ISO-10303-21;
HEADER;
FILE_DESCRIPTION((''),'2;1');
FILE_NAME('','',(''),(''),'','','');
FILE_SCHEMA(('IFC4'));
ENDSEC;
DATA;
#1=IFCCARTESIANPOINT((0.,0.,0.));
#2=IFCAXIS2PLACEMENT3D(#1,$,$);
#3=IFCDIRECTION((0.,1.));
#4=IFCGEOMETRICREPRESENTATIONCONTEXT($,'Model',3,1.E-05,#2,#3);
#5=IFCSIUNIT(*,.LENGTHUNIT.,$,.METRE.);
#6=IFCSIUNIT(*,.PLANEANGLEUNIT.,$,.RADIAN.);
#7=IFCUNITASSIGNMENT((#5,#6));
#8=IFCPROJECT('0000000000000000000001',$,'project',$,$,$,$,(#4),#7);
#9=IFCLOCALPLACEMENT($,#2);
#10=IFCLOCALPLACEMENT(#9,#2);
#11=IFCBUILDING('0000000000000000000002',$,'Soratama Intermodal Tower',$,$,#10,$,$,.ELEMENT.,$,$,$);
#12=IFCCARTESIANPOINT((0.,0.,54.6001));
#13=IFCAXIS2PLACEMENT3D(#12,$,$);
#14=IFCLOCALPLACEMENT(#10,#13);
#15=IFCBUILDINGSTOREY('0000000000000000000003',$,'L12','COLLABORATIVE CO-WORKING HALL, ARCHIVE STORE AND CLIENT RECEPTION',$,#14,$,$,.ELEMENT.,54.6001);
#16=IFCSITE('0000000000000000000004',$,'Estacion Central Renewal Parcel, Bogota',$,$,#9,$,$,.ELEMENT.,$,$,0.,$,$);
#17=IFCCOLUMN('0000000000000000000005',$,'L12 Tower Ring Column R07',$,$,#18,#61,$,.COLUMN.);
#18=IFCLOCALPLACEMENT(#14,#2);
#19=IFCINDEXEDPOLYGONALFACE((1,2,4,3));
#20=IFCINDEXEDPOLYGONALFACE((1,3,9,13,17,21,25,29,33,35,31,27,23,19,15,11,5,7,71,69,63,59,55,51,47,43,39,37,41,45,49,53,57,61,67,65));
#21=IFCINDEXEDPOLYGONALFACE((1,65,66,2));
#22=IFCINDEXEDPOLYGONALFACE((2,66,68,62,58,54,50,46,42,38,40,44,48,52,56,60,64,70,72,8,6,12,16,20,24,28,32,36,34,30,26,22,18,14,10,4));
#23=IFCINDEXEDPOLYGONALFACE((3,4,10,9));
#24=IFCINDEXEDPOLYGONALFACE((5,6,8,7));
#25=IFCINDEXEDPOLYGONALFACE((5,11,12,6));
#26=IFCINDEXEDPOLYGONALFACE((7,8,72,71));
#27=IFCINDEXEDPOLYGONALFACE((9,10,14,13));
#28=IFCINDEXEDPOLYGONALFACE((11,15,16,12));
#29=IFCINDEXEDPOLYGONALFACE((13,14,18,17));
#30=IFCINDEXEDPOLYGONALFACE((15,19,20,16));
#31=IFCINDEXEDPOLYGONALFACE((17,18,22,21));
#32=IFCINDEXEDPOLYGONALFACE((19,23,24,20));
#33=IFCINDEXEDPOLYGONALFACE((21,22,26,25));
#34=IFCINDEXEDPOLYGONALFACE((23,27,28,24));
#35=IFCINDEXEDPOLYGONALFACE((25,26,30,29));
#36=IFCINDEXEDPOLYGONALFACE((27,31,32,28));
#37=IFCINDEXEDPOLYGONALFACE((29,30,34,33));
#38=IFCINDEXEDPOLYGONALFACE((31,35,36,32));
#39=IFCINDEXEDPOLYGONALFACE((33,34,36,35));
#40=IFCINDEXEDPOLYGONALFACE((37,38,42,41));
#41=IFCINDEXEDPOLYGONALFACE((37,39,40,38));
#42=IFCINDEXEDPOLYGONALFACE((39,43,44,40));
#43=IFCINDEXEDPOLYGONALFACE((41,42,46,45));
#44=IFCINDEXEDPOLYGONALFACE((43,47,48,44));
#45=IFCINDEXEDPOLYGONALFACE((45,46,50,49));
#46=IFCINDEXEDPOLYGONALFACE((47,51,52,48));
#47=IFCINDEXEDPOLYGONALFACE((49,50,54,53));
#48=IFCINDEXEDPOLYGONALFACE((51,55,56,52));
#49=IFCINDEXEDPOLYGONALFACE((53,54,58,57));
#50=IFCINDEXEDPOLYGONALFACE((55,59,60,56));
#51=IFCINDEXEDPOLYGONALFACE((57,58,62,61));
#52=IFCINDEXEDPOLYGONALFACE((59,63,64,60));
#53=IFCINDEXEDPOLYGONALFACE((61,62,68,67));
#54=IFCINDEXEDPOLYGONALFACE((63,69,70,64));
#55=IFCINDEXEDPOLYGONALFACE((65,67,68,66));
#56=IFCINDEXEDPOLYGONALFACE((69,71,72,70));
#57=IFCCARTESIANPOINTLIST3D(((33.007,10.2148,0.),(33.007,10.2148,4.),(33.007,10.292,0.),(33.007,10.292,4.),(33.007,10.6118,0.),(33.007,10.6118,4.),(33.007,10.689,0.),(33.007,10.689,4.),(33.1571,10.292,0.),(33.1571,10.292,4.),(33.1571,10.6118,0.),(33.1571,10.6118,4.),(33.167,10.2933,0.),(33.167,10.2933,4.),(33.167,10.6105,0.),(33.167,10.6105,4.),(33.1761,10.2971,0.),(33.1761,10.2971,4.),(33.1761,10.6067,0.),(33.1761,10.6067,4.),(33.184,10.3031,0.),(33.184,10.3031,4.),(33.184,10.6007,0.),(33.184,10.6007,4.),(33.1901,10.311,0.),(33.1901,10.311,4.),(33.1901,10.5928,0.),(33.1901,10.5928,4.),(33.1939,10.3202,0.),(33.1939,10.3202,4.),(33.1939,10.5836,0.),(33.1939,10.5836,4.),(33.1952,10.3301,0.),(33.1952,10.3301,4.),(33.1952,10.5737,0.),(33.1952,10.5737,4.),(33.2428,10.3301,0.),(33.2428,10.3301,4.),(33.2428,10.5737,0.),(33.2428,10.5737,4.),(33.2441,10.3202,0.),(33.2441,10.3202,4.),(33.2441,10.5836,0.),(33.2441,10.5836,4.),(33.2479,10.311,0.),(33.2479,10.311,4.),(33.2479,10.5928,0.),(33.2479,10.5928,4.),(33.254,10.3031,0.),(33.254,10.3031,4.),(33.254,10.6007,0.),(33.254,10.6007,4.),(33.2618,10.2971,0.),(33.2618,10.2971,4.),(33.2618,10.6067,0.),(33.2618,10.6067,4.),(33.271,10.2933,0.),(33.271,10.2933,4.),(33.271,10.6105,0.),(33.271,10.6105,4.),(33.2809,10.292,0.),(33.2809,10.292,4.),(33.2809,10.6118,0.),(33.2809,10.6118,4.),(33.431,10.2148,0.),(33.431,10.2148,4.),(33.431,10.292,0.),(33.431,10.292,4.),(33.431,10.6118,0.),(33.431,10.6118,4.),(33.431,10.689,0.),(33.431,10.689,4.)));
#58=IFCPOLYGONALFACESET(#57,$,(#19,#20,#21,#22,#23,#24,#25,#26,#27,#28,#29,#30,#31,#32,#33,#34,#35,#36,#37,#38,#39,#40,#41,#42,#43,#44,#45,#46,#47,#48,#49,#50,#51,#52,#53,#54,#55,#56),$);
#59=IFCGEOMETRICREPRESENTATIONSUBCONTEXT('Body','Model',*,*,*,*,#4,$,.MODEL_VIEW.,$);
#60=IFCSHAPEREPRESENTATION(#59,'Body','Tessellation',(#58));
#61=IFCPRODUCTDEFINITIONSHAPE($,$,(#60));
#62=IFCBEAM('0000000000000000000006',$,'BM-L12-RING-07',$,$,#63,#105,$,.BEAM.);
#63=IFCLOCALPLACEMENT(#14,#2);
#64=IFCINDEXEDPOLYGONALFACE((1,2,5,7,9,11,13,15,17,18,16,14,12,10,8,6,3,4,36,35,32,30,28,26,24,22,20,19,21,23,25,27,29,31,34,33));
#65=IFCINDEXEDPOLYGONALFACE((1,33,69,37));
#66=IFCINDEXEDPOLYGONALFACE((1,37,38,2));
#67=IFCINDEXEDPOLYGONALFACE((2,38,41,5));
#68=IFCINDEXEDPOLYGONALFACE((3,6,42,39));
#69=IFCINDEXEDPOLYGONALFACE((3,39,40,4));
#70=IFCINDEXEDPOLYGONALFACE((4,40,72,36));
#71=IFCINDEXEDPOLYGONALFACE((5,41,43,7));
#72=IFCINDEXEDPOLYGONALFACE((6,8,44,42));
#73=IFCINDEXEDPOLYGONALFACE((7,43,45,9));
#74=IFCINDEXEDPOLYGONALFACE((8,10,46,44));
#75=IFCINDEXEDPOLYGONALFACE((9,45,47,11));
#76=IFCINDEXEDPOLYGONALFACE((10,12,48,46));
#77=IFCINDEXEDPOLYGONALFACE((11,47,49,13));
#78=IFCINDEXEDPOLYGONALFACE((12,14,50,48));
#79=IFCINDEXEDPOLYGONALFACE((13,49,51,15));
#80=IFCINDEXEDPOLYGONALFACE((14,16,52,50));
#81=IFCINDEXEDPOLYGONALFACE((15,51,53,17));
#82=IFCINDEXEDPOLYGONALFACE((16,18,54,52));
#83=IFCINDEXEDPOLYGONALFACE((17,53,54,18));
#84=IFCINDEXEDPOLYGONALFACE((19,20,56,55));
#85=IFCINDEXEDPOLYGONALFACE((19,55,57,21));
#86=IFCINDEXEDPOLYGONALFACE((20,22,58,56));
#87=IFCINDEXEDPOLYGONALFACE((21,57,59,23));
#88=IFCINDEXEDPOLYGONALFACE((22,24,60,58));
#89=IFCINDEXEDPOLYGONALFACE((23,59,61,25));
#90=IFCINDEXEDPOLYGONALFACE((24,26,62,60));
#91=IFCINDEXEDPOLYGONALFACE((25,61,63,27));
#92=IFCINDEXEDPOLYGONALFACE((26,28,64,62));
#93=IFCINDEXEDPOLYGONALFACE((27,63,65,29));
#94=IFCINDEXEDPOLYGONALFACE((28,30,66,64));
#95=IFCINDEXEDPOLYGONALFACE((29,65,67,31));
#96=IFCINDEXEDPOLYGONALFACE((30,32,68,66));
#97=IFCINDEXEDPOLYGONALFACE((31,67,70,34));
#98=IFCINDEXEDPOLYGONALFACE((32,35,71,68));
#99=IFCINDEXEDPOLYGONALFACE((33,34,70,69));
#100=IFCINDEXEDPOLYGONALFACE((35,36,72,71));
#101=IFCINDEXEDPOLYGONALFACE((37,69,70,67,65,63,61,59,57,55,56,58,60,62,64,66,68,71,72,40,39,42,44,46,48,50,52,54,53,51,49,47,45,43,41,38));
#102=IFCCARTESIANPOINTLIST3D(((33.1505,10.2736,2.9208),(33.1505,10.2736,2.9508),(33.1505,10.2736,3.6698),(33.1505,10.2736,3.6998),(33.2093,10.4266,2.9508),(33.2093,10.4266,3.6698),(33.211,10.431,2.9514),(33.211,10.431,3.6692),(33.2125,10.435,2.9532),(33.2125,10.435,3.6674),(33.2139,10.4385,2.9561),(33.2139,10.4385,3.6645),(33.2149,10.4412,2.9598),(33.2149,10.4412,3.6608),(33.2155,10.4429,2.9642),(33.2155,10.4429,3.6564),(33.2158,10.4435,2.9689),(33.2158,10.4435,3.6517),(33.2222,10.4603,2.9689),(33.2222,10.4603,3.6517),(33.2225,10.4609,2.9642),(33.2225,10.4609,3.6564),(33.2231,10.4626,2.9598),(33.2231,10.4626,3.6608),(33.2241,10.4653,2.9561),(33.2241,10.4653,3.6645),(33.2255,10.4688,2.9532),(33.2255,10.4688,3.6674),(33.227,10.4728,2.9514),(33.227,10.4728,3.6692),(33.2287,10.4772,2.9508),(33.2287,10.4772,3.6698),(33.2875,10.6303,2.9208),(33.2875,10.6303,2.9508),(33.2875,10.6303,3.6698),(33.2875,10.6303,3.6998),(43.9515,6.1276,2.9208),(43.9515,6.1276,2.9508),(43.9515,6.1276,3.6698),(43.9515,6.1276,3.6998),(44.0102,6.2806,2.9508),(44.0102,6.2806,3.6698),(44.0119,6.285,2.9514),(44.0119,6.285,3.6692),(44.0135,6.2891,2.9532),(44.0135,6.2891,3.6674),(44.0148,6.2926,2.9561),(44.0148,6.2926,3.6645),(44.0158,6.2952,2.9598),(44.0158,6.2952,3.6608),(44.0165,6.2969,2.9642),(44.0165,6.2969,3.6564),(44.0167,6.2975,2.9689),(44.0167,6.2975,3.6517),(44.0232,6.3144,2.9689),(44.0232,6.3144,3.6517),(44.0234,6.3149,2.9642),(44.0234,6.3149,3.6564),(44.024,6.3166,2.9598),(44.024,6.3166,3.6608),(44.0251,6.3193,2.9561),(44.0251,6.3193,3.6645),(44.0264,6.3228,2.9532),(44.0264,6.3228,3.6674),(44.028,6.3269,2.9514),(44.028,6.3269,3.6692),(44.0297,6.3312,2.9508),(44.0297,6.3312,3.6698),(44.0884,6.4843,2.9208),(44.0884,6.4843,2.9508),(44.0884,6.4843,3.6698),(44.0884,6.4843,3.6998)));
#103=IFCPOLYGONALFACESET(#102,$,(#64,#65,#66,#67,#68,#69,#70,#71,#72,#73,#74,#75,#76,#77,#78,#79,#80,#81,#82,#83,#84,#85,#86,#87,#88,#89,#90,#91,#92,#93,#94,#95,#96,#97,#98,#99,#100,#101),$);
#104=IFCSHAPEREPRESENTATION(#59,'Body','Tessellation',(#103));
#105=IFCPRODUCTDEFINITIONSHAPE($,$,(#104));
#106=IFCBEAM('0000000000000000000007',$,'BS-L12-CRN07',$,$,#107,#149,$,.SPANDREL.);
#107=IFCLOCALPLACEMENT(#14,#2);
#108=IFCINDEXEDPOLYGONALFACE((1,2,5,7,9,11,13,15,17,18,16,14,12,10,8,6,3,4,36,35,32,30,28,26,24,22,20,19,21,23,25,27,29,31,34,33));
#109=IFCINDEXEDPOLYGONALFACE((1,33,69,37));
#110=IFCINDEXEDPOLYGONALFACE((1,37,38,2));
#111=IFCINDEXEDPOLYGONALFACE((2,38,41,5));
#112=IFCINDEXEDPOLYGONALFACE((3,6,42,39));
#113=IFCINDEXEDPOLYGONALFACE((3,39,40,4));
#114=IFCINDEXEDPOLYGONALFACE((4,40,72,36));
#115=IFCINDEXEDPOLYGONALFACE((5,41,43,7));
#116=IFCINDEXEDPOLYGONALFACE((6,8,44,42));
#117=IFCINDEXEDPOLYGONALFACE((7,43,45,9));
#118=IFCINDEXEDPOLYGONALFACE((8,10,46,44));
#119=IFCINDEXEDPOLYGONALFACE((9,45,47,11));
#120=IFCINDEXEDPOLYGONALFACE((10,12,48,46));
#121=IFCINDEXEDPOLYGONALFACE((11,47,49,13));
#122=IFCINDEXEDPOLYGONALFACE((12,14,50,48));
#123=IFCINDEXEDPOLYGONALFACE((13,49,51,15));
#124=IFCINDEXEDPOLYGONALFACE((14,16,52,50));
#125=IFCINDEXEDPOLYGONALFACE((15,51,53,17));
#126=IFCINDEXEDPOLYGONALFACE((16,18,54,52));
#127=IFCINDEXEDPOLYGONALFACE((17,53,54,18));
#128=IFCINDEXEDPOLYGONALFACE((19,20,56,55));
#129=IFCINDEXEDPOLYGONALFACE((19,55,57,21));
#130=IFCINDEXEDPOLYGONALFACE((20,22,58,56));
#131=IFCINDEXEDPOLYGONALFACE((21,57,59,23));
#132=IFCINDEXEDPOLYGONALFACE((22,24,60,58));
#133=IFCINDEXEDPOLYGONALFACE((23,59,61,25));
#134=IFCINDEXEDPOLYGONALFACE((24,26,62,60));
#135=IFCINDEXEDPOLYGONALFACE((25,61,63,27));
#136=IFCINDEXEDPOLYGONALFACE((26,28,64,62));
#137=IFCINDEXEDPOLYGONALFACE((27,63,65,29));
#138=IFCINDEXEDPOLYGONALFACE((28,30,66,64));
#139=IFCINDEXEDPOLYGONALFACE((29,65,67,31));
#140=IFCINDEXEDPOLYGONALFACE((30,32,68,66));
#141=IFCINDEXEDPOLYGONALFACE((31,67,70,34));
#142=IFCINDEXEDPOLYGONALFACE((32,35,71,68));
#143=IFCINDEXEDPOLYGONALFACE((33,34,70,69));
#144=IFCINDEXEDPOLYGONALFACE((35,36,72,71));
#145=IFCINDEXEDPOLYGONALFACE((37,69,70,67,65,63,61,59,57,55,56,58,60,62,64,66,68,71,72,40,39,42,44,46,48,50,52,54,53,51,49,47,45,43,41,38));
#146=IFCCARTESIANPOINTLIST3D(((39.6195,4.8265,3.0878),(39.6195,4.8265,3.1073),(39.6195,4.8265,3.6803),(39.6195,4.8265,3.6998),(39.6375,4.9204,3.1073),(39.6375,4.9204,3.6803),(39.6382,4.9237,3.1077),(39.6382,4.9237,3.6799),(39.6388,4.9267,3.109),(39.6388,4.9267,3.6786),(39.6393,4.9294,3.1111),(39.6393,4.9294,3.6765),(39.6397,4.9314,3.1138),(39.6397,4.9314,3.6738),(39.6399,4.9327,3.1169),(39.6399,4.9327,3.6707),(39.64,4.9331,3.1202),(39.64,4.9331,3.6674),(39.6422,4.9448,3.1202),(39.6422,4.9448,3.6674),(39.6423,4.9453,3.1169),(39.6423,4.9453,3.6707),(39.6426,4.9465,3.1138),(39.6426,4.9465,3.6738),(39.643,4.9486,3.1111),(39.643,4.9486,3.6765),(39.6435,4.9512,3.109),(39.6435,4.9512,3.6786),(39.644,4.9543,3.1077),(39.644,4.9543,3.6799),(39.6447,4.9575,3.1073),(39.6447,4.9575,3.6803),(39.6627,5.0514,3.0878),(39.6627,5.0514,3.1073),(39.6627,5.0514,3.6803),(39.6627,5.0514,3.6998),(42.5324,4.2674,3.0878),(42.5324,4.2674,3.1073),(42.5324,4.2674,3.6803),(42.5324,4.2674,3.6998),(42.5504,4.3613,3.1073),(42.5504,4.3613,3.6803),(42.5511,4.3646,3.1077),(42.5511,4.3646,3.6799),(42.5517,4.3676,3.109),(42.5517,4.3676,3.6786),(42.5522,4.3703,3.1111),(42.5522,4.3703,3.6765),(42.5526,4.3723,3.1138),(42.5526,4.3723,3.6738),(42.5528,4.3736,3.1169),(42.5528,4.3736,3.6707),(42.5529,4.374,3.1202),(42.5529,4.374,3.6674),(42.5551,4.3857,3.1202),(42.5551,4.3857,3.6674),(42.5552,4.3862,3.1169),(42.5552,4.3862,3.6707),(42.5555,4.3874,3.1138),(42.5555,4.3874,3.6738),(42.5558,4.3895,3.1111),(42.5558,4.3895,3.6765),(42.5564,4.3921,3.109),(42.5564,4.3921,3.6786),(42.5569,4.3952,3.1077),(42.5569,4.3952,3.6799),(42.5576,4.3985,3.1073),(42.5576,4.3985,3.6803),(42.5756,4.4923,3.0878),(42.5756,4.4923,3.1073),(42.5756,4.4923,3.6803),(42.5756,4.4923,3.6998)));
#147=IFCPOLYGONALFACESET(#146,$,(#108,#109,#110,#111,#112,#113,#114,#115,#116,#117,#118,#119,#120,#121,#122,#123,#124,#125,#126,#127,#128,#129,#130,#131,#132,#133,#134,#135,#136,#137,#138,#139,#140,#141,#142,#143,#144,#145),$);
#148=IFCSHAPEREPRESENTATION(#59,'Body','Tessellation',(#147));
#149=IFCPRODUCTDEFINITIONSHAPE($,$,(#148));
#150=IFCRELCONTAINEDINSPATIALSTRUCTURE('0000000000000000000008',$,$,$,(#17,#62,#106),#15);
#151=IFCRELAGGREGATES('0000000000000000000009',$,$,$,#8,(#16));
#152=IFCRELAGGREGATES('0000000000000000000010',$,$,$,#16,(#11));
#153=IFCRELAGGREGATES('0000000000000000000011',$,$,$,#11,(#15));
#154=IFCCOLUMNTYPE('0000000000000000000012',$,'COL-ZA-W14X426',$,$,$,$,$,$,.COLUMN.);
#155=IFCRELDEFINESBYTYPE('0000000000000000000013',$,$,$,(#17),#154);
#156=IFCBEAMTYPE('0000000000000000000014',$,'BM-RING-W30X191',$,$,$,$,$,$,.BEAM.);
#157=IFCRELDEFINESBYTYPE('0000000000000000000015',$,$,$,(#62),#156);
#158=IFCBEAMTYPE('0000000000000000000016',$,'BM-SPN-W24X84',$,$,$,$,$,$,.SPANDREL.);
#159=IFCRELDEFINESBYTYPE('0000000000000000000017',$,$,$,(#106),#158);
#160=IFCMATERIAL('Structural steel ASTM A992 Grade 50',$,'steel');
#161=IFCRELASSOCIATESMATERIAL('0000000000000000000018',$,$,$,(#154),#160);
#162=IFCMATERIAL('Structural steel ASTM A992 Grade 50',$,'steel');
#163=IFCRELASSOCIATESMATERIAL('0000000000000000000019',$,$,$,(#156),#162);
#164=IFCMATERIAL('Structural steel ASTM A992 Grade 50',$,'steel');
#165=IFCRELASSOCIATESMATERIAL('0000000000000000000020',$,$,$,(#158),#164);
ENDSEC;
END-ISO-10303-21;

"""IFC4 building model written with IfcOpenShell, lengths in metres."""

from ifc_helpers import new_model, si_unit, direction, frame, origin, origin_2d, place, context, subcontext, project, spatial, i_section, extrude, material, material_profile, profile_set, type_object, element, save


model = new_model("IFC4")

# Units and contexts
model_context = context("Model", 3, precision=1e-05, world=origin(), true_north=direction((0.0, 1.0)))
body_context = subcontext(model_context, "Body", "Model", "MODEL_VIEW")
ifc_project = project(units=[si_unit("LENGTHUNIT", "METRE"), si_unit("PLANEANGLEUNIT", "RADIAN")], contexts=[model_context])

# Site, building, storey
site_placement = place(None, origin())
site = spatial("IfcSite", under=ifc_project, at=site_placement, Name="Estacion Central Renewal Parcel, Bogota", CompositionType="ELEMENT", RefElevation=0.0)
building_placement = place(site_placement, origin())
building = spatial("IfcBuilding", under=site, at=building_placement, Name="Soratama Intermodal Tower", CompositionType="ELEMENT")
storey_placement = place(building_placement, frame((0.0, 0.0, 54.6001)))
storey = spatial("IfcBuildingStorey", under=building, at=storey_placement, Name="L12", Description="COLLABORATIVE CO-WORKING HALL, ARCHIVE STORE AND CLIENT RECEPTION", CompositionType="ELEMENT", Elevation=54.6001)

# Column
ifc_material_1 = material(Name="Structural steel ASTM A992 Grade 50", Category="steel")
ifc_material_profile_1 = material_profile(ifc_material_1, i_section(OverallWidth=0.4241, OverallDepth=0.4741, WebThickness=0.0476, FlangeThickness=0.0771, FilletRadius=0.0381, at=origin_2d()), Name="W14X426")
ifc_profile_set_1 = profile_set([ifc_material_profile_1], Name="Structural steel ASTM A992 Grade 50")
column_type = type_object("IfcColumnType", Name="COL-ZA-W14X426", PredefinedType="COLUMN", material=ifc_profile_set_1)
column_placement = place(storey_placement, frame((33.219, 10.4519, 0.0), z_axis=(0.0, 0.0, 1.0), x_axis=(1.0, 0.0, 0.0)))
element("IfcColumn", 1, at=column_placement, inside=storey, type_object=column_type, Name="L12 Tower Ring Column R07", PredefinedType="COLUMN", context=body_context, shape_type="SweptSolid", body=[
    extrude(i_section(OverallWidth=0.4241, OverallDepth=0.4741, WebThickness=0.0476, FlangeThickness=0.0771, FilletRadius=0.0381, at=origin_2d()), origin(), (0.0, 0.0, 1.0), 4.0),
])

# Beams
ifc_material_2 = material(Name="Structural steel ASTM A992 Grade 50", Category="steel")
ifc_material_profile_2 = material_profile(ifc_material_2, i_section(OverallWidth=0.3821, OverallDepth=0.7791, WebThickness=0.0181, FlangeThickness=0.03, FilletRadius=0.0181, at=origin_2d()), Name="W30X191")
ifc_profile_set_2 = profile_set([ifc_material_profile_2], Name="Structural steel ASTM A992 Grade 50")
beam_type_1 = type_object("IfcBeamType", Name="BM-RING-W30X191", PredefinedType="BEAM", material=ifc_profile_set_2)
beam_1_placement = place(storey_placement, frame((33.219, 10.4519, 3.3103), z_axis=(0.933584, -0.358358, 0.0), x_axis=(0.358358, 0.933584, 0.0)))
element("IfcBeam", 2, at=beam_1_placement, inside=storey, type_object=beam_type_1, Name="BM-L12-RING-07", PredefinedType="BEAM", context=body_context, shape_type="SweptSolid", body=[
    extrude(i_section(OverallWidth=0.3821, OverallDepth=0.7791, WebThickness=0.0181, FlangeThickness=0.03, FilletRadius=0.0181, at=origin_2d()), origin(), (0.0, 0.0, 1.0), 11.5693),
])
ifc_material_3 = material(Name="Structural steel ASTM A992 Grade 50", Category="steel")
ifc_material_profile_3 = material_profile(ifc_material_3, i_section(OverallWidth=0.229, OverallDepth=0.6121, WebThickness=0.012, FlangeThickness=0.0195, FilletRadius=0.0129, at=origin_2d()), Name="W24X84")
ifc_profile_set_3 = profile_set([ifc_material_profile_3], Name="Structural steel ASTM A992 Grade 50")
beam_type_2 = type_object("IfcBeamType", Name="BM-SPN-W24X84", PredefinedType="SPANDREL", material=ifc_profile_set_3)
beam_2_placement = place(storey_placement, frame((39.6411, 4.939, 3.3938), z_axis=(0.982074, -0.188496, 0.0), x_axis=(0.188496, 0.982074, 0.0)))
element("IfcBeam", 3, at=beam_2_placement, inside=storey, type_object=beam_type_2, Name="BS-L12-CRN07", PredefinedType="SPANDREL", context=body_context, shape_type="SweptSolid", body=[
    extrude(i_section(OverallWidth=0.229, OverallDepth=0.6121, WebThickness=0.012, FlangeThickness=0.0195, FilletRadius=0.0129, at=origin_2d()), origin(), (0.0, 0.0, 1.0), 2.9661),
])

save(model, "model.ifc")
